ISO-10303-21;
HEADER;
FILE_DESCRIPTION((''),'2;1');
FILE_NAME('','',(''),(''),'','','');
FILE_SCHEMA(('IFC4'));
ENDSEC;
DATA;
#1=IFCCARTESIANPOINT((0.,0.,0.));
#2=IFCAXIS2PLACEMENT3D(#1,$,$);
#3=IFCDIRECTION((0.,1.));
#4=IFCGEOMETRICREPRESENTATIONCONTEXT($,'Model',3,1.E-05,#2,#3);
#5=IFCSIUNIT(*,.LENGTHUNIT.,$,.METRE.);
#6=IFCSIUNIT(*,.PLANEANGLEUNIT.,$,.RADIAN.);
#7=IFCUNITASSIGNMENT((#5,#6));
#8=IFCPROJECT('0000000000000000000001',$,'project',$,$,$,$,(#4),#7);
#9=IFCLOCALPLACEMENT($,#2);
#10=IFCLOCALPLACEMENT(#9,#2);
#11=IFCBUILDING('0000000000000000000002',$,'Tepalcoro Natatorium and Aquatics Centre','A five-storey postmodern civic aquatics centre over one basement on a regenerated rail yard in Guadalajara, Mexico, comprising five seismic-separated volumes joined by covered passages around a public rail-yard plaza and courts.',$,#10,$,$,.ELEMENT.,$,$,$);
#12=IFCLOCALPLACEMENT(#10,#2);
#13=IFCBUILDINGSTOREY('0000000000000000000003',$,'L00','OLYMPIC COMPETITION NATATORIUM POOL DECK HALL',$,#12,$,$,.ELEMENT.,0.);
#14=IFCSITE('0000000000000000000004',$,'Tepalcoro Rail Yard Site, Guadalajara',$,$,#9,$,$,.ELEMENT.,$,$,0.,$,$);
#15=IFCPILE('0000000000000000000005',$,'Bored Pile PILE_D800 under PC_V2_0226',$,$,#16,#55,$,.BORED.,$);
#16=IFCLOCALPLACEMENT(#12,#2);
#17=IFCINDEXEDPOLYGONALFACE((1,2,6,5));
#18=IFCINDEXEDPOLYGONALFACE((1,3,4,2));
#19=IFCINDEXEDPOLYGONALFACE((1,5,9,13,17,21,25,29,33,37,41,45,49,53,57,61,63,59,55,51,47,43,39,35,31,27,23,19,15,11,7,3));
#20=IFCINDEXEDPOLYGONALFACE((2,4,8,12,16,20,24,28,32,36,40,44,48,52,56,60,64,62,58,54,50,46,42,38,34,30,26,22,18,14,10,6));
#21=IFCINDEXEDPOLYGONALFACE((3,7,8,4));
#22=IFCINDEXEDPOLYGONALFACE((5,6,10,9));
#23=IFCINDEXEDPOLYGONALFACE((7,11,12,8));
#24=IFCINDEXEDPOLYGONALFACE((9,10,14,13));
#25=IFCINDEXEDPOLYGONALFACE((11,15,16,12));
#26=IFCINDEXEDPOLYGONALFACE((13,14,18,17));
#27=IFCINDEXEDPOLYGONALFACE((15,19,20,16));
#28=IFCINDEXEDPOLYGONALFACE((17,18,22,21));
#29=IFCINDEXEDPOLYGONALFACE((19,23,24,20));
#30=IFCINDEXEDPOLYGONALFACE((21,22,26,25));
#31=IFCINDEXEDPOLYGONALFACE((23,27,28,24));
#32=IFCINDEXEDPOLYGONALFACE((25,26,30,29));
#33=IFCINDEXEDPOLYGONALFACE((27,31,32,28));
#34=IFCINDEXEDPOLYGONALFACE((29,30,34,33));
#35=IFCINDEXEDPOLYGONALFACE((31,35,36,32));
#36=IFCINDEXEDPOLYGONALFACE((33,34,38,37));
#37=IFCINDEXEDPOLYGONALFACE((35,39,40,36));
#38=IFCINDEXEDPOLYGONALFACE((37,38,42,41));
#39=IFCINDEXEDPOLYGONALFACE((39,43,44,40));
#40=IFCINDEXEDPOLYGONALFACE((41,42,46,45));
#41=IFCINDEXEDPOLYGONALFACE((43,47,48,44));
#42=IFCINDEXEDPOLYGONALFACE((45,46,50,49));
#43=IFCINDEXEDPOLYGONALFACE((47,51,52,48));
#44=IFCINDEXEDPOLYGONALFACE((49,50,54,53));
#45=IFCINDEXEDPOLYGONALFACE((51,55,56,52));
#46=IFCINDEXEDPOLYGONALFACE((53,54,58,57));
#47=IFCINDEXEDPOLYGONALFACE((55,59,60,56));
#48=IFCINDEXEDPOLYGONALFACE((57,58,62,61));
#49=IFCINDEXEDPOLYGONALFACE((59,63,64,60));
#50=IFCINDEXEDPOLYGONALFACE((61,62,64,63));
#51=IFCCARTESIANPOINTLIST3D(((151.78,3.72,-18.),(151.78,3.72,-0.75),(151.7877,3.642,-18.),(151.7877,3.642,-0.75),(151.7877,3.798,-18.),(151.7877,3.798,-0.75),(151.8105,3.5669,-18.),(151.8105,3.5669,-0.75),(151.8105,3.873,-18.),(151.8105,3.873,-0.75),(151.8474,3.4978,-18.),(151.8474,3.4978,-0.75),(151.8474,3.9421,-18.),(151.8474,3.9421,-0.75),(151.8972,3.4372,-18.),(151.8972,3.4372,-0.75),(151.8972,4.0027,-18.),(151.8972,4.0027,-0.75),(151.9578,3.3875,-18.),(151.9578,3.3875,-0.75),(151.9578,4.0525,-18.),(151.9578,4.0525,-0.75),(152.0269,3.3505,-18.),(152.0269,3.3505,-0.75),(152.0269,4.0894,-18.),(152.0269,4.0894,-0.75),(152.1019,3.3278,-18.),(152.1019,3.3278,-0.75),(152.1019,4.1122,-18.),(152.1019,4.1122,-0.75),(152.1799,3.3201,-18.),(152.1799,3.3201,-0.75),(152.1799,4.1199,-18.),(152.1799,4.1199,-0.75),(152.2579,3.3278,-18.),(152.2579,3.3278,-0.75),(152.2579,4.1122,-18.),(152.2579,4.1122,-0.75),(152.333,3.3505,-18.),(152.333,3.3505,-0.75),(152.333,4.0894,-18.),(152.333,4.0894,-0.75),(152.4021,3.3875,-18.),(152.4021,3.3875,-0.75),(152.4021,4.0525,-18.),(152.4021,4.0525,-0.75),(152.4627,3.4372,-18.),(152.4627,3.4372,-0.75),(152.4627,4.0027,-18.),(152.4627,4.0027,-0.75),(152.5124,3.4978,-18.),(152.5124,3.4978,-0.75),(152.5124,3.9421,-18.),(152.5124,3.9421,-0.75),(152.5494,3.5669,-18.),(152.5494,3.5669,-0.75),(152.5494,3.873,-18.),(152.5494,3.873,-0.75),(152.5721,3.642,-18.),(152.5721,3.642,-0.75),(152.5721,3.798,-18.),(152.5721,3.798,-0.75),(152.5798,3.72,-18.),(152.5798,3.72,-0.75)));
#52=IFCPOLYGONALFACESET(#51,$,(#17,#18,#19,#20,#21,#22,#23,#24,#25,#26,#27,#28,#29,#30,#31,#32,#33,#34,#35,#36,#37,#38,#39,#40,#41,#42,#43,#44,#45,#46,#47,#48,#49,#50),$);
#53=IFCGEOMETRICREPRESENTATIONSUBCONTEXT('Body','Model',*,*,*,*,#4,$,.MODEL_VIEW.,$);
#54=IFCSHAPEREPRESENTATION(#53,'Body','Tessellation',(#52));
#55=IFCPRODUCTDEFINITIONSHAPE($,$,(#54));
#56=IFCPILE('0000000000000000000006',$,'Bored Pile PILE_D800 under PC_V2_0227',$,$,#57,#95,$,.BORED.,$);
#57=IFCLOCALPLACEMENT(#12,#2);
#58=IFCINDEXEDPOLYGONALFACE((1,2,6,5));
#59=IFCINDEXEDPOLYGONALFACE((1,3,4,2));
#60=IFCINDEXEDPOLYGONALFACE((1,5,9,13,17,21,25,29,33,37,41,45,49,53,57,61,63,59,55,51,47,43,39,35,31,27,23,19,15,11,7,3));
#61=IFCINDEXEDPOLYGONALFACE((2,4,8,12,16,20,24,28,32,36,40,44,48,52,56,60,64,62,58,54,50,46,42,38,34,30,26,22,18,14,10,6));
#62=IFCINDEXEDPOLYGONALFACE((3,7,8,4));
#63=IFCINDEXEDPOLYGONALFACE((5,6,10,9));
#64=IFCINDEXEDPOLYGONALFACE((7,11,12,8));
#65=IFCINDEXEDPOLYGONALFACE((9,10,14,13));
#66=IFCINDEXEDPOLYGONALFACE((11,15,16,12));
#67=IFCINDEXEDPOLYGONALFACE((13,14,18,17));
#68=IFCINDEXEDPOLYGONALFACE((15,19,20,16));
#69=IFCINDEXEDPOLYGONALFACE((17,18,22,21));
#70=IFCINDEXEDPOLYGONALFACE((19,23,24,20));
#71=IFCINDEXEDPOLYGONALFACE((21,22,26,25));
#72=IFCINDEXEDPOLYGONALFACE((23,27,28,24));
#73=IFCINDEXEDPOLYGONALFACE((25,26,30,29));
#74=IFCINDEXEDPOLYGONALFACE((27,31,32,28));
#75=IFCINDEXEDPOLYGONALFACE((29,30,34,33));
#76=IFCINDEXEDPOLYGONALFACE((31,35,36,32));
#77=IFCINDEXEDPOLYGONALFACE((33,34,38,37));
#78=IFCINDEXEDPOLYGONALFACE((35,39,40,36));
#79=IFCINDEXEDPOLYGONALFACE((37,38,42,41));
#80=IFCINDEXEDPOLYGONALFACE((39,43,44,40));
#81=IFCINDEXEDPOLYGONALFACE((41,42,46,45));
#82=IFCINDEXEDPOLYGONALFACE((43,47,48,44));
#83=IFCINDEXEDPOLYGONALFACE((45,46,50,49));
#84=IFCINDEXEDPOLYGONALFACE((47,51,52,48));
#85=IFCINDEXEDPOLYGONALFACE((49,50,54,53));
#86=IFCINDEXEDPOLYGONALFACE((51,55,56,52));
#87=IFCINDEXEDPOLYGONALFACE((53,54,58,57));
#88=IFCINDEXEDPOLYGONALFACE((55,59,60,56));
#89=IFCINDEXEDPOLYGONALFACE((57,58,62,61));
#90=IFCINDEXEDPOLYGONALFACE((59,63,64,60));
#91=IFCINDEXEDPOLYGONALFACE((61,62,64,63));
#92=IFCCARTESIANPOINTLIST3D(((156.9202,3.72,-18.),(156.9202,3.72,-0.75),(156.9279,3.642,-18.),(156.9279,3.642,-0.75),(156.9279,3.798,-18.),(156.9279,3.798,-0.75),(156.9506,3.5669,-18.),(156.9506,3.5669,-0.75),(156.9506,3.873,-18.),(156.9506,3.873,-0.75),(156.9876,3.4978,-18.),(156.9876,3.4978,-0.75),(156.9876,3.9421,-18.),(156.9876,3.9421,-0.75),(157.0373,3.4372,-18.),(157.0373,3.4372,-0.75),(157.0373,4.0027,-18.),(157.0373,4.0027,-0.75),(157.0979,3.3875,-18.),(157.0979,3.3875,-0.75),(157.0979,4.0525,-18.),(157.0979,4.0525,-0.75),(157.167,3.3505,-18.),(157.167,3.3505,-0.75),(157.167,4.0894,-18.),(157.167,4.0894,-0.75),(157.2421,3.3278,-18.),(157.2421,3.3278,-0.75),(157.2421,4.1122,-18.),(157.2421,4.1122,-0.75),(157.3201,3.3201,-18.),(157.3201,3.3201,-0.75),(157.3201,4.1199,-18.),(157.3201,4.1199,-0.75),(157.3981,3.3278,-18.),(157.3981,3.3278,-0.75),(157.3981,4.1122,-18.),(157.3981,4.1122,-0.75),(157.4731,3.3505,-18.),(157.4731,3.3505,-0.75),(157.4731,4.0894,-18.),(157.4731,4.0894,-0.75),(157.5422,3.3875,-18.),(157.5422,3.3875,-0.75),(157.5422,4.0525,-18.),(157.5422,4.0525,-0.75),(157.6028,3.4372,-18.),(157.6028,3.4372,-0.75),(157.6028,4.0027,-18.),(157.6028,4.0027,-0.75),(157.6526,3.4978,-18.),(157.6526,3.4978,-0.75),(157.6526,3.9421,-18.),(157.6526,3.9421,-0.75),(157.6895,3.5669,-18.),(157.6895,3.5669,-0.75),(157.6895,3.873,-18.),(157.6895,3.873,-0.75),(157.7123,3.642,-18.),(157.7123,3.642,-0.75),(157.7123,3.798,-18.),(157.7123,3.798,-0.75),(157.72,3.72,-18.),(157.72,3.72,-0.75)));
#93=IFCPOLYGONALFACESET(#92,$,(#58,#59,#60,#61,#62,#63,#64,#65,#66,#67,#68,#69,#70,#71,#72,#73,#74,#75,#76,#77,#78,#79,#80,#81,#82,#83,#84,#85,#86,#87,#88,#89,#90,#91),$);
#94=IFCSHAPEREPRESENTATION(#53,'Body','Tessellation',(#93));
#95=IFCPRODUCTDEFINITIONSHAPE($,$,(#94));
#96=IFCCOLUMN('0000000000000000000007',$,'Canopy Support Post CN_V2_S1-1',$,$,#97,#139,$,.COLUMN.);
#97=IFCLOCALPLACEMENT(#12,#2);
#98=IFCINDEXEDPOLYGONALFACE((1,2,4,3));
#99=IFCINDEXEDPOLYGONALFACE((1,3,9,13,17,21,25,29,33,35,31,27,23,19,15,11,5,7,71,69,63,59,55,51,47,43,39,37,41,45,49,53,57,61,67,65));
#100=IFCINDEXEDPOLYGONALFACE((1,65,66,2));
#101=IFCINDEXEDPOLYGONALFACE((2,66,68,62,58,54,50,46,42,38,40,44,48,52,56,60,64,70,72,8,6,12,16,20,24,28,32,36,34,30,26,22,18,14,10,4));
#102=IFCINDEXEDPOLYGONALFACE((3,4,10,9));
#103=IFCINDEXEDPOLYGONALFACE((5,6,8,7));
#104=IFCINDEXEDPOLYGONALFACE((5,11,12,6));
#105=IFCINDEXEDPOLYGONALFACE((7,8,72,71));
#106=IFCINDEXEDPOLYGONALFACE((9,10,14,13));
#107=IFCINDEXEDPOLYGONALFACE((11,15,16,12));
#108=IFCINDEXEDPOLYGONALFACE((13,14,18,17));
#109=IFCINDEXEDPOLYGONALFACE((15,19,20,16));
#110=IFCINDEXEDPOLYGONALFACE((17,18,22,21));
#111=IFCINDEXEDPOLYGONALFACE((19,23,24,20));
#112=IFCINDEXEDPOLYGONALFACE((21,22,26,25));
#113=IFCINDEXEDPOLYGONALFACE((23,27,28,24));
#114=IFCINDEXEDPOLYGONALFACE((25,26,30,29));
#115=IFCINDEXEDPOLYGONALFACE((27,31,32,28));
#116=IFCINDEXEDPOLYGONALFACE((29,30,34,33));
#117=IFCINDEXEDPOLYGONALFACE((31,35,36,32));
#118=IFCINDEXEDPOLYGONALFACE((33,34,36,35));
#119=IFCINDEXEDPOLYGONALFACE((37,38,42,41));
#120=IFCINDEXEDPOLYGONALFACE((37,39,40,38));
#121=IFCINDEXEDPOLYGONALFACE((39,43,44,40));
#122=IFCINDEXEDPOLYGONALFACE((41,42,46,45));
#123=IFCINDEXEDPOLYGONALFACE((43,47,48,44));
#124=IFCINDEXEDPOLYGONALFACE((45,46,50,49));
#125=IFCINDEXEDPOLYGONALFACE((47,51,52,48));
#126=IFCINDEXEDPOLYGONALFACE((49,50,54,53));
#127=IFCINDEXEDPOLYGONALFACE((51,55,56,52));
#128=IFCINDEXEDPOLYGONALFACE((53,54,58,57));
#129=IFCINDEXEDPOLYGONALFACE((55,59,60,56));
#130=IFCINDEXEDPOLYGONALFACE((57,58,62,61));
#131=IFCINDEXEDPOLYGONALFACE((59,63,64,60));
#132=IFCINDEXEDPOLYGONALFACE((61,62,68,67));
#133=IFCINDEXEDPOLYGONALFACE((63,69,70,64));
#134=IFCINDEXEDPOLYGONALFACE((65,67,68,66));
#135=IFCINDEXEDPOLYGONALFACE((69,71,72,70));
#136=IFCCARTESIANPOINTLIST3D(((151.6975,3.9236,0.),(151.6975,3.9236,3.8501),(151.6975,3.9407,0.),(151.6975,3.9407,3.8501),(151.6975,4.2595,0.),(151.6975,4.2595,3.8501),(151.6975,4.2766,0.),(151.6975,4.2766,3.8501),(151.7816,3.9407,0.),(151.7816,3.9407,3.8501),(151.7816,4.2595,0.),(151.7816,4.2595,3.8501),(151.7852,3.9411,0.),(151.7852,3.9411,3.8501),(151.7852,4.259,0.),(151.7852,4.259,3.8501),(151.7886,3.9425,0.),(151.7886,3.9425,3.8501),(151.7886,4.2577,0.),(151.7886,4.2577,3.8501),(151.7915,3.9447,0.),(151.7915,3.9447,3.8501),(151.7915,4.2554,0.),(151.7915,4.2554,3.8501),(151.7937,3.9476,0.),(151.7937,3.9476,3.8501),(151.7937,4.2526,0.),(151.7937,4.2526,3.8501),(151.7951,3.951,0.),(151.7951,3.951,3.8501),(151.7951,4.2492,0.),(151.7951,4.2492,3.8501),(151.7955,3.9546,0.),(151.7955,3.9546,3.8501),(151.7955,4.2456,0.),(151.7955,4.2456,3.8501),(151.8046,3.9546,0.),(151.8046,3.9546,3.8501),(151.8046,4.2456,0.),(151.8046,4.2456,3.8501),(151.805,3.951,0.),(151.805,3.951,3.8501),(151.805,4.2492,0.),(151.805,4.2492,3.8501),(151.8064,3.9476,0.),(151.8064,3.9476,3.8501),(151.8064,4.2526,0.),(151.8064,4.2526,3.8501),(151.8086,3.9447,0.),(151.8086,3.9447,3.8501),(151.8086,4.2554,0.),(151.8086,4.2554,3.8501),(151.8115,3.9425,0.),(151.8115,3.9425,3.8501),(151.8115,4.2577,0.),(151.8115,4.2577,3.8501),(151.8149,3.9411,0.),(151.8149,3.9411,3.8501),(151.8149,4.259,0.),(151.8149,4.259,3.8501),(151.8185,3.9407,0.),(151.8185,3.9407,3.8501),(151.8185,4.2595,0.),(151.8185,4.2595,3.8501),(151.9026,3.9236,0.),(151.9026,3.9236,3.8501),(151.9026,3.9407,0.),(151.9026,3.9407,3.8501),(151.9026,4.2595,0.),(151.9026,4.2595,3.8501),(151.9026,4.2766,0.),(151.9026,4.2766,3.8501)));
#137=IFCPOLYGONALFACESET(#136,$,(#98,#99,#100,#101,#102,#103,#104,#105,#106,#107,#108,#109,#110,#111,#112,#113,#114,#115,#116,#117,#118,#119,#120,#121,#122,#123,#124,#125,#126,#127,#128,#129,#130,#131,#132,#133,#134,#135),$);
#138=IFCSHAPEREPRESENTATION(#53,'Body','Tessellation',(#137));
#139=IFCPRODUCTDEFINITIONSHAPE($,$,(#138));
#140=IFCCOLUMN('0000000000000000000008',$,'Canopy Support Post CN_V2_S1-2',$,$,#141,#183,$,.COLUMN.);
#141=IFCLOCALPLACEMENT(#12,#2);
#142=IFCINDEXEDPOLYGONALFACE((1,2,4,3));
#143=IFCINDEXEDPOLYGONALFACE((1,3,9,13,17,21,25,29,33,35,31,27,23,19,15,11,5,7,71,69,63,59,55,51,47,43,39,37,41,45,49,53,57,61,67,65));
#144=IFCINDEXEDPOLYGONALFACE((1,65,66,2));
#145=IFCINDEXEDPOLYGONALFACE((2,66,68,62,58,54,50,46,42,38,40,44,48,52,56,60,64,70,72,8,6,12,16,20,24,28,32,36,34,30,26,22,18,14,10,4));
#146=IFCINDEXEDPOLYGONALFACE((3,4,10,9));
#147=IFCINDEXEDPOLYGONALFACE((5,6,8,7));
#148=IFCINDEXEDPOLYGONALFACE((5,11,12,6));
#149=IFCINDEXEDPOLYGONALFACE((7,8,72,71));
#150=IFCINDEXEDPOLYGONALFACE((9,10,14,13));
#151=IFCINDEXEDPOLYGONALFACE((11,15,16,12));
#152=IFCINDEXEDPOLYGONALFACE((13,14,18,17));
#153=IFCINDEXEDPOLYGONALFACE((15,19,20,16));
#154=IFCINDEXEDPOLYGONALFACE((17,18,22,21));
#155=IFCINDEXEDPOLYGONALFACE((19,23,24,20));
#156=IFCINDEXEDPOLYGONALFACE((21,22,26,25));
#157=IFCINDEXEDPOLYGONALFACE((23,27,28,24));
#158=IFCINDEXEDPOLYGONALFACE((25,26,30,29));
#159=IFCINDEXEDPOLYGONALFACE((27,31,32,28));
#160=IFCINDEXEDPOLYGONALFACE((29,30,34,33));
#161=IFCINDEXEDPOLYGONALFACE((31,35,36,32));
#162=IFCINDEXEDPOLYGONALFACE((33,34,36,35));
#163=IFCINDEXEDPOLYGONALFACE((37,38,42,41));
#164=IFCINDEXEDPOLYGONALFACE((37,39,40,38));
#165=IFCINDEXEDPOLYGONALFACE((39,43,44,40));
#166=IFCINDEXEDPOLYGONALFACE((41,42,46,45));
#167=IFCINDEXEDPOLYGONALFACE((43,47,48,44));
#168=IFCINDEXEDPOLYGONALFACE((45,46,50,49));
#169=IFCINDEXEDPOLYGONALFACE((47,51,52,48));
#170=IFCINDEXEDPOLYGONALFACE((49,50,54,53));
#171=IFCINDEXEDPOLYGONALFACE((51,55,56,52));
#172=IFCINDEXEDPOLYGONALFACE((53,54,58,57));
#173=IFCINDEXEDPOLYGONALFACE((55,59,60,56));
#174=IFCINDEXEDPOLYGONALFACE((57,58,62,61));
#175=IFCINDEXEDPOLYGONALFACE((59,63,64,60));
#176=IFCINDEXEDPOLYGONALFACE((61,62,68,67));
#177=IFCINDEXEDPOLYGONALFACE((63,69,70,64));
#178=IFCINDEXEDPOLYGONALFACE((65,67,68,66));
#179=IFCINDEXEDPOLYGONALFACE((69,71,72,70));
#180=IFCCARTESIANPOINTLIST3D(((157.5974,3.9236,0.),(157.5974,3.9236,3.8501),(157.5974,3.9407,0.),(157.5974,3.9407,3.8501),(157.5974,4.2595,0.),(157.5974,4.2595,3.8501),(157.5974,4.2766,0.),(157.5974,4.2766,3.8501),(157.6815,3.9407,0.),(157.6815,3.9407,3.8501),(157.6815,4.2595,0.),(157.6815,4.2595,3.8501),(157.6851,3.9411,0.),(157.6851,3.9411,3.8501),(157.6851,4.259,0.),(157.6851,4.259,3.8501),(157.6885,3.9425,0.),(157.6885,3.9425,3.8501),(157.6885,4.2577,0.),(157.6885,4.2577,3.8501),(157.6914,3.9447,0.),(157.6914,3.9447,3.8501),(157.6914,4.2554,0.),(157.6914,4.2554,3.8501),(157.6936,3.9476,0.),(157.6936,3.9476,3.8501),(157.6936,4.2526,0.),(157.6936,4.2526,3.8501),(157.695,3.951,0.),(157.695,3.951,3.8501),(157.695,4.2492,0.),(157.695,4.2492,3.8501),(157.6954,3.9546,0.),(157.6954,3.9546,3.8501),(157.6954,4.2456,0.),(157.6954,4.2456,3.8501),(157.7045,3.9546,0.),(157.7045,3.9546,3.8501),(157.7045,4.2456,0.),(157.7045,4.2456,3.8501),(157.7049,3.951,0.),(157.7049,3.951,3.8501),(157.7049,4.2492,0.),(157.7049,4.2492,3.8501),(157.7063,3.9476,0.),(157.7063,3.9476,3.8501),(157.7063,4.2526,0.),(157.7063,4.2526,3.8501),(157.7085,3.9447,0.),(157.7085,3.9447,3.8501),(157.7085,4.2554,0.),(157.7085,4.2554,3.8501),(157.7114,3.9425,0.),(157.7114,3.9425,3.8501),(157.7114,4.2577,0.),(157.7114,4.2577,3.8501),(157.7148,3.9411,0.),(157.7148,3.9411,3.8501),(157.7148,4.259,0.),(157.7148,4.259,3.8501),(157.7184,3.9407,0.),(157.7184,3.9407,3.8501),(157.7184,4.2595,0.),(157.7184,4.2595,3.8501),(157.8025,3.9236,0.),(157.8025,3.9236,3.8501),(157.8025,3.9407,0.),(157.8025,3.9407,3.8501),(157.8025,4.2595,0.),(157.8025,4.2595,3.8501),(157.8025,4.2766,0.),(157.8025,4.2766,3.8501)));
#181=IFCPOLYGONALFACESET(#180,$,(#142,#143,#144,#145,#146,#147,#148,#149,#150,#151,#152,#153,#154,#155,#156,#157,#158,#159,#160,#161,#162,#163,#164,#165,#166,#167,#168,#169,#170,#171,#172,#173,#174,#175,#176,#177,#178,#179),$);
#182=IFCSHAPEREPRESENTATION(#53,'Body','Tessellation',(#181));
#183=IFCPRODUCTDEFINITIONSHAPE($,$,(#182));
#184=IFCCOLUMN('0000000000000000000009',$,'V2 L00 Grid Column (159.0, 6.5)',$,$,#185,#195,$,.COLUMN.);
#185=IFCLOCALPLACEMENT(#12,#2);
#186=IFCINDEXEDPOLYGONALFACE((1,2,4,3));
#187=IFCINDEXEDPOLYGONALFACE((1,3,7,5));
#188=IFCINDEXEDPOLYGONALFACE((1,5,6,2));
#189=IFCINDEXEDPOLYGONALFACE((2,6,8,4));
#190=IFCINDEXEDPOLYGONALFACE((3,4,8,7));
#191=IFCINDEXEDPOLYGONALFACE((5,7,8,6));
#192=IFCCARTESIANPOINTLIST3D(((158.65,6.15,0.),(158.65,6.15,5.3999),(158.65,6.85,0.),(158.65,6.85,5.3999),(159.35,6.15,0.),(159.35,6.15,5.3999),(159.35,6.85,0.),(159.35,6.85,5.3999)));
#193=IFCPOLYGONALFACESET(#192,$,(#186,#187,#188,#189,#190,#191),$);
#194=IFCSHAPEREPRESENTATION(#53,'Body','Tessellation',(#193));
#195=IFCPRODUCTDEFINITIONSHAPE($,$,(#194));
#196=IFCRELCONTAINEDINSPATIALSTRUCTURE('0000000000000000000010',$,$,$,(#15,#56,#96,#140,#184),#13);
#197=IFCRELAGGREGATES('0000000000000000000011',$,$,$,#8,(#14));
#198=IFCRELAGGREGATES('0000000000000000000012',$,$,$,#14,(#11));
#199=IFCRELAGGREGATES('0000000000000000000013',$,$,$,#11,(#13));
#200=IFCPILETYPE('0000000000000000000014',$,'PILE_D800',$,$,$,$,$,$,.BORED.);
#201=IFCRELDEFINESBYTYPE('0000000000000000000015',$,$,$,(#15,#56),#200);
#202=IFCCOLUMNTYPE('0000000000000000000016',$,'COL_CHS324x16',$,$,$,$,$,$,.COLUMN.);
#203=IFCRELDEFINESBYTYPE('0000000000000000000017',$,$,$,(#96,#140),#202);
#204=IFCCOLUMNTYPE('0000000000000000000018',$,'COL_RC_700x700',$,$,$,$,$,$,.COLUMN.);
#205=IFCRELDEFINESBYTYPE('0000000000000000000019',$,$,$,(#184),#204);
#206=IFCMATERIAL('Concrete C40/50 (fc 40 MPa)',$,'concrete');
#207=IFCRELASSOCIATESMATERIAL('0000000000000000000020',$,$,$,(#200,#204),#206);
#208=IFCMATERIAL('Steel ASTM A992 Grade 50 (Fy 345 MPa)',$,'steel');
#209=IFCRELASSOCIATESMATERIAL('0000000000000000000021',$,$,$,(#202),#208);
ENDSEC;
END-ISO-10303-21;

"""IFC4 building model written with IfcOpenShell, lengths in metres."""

from ifc_helpers import new_model, si_unit, direction, frame, origin, origin_2d, place, context, subcontext, project, spatial, rectangle, circle, i_section, extrude, material, material_profile, profile_set, type_object, element, save


model = new_model("IFC4")

# Units and contexts
model_context = context("Model", 3, precision=1e-05, world=origin(), true_north=direction((0.0, 1.0)))
body_context = subcontext(model_context, "Body", "Model", "MODEL_VIEW")
ifc_project = project(units=[si_unit("LENGTHUNIT", "METRE"), si_unit("PLANEANGLEUNIT", "RADIAN")], contexts=[model_context])

# Site, building, storey
site_placement = place(None, origin())
site = spatial("IfcSite", under=ifc_project, at=site_placement, Name="Tepalcoro Rail Yard Site, Guadalajara", CompositionType="ELEMENT", RefElevation=0.0)
building_placement = place(site_placement, origin())
building = spatial("IfcBuilding", under=site, at=building_placement, Name="Tepalcoro Natatorium and Aquatics Centre", Description="A five-storey postmodern civic aquatics centre over one basement on a regenerated rail yard in Guadalajara, Mexico, comprising five seismic-separated volumes joined by covered passages around a public rail-yard plaza and courts.", CompositionType="ELEMENT")
storey_placement = place(building_placement, origin())
storey = spatial("IfcBuildingStorey", under=building, at=storey_placement, Name="L00", Description="OLYMPIC COMPETITION NATATORIUM POOL DECK HALL", CompositionType="ELEMENT", Elevation=0.0)

# Piles
ifc_material_1 = material(Name="Concrete C40/50 (fc 40 MPa)", Category="concrete")
ifc_material_profile_1 = material_profile(ifc_material_1, circle(Radius=0.3999, at=origin_2d()), Name="PILE_D800")
ifc_profile_set_1 = profile_set([ifc_material_profile_1], Name="Concrete C40/50 (fc 40 MPa)")
pile_type = type_object("IfcPileType", Name="PILE_D800", PredefinedType="BORED", material=ifc_profile_set_1)
for number, where, z_axis, x_axis, name in (
    (1, (152.1799, 3.72, -0.75), (0.0, 0.0, -1.0), (1.0, 0.0, 0.0), "Bored Pile PILE_D800 under PC_V2_0226"),
    (2, (157.3201, 3.72, -0.75), (0.0, 0.0, -1.0), (1.0, 0.0, 0.0), "Bored Pile PILE_D800 under PC_V2_0227"),
):
    element("IfcPile", number, at=place(storey_placement, frame(where, z_axis=z_axis, x_axis=x_axis)), inside=storey, type_object=pile_type, Name=name, PredefinedType="BORED", context=body_context, shape_type="SweptSolid", body=[
        extrude(circle(Radius=0.3999, at=origin_2d()), origin(), (0.0, 0.0, 1.0), 17.25),
    ])

# Columns
ifc_material_2 = material(Name="Steel ASTM A992 Grade 50 (Fy 345 MPa)", Category="steel")
ifc_material_profile_2 = material_profile(ifc_material_2, i_section(OverallWidth=0.2051, OverallDepth=0.353, WebThickness=0.009, FlangeThickness=0.0171, FilletRadius=0.0139, at=origin_2d()), Name="W14X53")
ifc_profile_set_2 = profile_set([ifc_material_profile_2], Name="Steel ASTM A992 Grade 50 (Fy 345 MPa)")
column_type_1 = type_object("IfcColumnType", Name="COL_CHS324x16", PredefinedType="COLUMN", material=ifc_profile_set_2)
for number, where, z_axis, x_axis, name in (
    (3, (151.8, 4.1001, 0.0), (0.0, 0.0, 1.0), (1.0, 0.0, 0.0), "Canopy Support Post CN_V2_S1-1"),
    (4, (157.7, 4.1001, 0.0), (0.0, 0.0, 1.0), (1.0, 0.0, 0.0), "Canopy Support Post CN_V2_S1-2"),
):
    element("IfcColumn", number, at=place(storey_placement, frame(where, z_axis=z_axis, x_axis=x_axis)), inside=storey, type_object=column_type_1, Name=name, PredefinedType="COLUMN", context=body_context, shape_type="SweptSolid", body=[
        extrude(i_section(OverallWidth=0.2051, OverallDepth=0.353, WebThickness=0.009, FlangeThickness=0.0171, FilletRadius=0.0139, at=origin_2d()), origin(), (0.0, 0.0, 1.0), 3.8501),
    ])
ifc_material_profile_3 = material_profile(ifc_material_1, rectangle(XDim=0.7, YDim=0.7, at=origin_2d()), Name="RC700x700")
ifc_profile_set_3 = profile_set([ifc_material_profile_3], Name="Concrete C40/50 (fc 40 MPa)")
column_type_2 = type_object("IfcColumnType", Name="COL_RC_700x700", PredefinedType="COLUMN", material=ifc_profile_set_3)
column_1_placement = place(storey_placement, frame((159.0, 6.5, 0.0), z_axis=(0.0, 0.0, 1.0), x_axis=(1.0, 0.0, 0.0)))
element("IfcColumn", 5, at=column_1_placement, inside=storey, type_object=column_type_2, Name="V2 L00 Grid Column (159.0, 6.5)", PredefinedType="COLUMN", context=body_context, shape_type="SweptSolid", body=[
    extrude(rectangle(XDim=0.7, YDim=0.7, at=origin_2d()), origin(), (0.0, 0.0, 1.0), 5.3999),
])

save(model, "model.ifc")
